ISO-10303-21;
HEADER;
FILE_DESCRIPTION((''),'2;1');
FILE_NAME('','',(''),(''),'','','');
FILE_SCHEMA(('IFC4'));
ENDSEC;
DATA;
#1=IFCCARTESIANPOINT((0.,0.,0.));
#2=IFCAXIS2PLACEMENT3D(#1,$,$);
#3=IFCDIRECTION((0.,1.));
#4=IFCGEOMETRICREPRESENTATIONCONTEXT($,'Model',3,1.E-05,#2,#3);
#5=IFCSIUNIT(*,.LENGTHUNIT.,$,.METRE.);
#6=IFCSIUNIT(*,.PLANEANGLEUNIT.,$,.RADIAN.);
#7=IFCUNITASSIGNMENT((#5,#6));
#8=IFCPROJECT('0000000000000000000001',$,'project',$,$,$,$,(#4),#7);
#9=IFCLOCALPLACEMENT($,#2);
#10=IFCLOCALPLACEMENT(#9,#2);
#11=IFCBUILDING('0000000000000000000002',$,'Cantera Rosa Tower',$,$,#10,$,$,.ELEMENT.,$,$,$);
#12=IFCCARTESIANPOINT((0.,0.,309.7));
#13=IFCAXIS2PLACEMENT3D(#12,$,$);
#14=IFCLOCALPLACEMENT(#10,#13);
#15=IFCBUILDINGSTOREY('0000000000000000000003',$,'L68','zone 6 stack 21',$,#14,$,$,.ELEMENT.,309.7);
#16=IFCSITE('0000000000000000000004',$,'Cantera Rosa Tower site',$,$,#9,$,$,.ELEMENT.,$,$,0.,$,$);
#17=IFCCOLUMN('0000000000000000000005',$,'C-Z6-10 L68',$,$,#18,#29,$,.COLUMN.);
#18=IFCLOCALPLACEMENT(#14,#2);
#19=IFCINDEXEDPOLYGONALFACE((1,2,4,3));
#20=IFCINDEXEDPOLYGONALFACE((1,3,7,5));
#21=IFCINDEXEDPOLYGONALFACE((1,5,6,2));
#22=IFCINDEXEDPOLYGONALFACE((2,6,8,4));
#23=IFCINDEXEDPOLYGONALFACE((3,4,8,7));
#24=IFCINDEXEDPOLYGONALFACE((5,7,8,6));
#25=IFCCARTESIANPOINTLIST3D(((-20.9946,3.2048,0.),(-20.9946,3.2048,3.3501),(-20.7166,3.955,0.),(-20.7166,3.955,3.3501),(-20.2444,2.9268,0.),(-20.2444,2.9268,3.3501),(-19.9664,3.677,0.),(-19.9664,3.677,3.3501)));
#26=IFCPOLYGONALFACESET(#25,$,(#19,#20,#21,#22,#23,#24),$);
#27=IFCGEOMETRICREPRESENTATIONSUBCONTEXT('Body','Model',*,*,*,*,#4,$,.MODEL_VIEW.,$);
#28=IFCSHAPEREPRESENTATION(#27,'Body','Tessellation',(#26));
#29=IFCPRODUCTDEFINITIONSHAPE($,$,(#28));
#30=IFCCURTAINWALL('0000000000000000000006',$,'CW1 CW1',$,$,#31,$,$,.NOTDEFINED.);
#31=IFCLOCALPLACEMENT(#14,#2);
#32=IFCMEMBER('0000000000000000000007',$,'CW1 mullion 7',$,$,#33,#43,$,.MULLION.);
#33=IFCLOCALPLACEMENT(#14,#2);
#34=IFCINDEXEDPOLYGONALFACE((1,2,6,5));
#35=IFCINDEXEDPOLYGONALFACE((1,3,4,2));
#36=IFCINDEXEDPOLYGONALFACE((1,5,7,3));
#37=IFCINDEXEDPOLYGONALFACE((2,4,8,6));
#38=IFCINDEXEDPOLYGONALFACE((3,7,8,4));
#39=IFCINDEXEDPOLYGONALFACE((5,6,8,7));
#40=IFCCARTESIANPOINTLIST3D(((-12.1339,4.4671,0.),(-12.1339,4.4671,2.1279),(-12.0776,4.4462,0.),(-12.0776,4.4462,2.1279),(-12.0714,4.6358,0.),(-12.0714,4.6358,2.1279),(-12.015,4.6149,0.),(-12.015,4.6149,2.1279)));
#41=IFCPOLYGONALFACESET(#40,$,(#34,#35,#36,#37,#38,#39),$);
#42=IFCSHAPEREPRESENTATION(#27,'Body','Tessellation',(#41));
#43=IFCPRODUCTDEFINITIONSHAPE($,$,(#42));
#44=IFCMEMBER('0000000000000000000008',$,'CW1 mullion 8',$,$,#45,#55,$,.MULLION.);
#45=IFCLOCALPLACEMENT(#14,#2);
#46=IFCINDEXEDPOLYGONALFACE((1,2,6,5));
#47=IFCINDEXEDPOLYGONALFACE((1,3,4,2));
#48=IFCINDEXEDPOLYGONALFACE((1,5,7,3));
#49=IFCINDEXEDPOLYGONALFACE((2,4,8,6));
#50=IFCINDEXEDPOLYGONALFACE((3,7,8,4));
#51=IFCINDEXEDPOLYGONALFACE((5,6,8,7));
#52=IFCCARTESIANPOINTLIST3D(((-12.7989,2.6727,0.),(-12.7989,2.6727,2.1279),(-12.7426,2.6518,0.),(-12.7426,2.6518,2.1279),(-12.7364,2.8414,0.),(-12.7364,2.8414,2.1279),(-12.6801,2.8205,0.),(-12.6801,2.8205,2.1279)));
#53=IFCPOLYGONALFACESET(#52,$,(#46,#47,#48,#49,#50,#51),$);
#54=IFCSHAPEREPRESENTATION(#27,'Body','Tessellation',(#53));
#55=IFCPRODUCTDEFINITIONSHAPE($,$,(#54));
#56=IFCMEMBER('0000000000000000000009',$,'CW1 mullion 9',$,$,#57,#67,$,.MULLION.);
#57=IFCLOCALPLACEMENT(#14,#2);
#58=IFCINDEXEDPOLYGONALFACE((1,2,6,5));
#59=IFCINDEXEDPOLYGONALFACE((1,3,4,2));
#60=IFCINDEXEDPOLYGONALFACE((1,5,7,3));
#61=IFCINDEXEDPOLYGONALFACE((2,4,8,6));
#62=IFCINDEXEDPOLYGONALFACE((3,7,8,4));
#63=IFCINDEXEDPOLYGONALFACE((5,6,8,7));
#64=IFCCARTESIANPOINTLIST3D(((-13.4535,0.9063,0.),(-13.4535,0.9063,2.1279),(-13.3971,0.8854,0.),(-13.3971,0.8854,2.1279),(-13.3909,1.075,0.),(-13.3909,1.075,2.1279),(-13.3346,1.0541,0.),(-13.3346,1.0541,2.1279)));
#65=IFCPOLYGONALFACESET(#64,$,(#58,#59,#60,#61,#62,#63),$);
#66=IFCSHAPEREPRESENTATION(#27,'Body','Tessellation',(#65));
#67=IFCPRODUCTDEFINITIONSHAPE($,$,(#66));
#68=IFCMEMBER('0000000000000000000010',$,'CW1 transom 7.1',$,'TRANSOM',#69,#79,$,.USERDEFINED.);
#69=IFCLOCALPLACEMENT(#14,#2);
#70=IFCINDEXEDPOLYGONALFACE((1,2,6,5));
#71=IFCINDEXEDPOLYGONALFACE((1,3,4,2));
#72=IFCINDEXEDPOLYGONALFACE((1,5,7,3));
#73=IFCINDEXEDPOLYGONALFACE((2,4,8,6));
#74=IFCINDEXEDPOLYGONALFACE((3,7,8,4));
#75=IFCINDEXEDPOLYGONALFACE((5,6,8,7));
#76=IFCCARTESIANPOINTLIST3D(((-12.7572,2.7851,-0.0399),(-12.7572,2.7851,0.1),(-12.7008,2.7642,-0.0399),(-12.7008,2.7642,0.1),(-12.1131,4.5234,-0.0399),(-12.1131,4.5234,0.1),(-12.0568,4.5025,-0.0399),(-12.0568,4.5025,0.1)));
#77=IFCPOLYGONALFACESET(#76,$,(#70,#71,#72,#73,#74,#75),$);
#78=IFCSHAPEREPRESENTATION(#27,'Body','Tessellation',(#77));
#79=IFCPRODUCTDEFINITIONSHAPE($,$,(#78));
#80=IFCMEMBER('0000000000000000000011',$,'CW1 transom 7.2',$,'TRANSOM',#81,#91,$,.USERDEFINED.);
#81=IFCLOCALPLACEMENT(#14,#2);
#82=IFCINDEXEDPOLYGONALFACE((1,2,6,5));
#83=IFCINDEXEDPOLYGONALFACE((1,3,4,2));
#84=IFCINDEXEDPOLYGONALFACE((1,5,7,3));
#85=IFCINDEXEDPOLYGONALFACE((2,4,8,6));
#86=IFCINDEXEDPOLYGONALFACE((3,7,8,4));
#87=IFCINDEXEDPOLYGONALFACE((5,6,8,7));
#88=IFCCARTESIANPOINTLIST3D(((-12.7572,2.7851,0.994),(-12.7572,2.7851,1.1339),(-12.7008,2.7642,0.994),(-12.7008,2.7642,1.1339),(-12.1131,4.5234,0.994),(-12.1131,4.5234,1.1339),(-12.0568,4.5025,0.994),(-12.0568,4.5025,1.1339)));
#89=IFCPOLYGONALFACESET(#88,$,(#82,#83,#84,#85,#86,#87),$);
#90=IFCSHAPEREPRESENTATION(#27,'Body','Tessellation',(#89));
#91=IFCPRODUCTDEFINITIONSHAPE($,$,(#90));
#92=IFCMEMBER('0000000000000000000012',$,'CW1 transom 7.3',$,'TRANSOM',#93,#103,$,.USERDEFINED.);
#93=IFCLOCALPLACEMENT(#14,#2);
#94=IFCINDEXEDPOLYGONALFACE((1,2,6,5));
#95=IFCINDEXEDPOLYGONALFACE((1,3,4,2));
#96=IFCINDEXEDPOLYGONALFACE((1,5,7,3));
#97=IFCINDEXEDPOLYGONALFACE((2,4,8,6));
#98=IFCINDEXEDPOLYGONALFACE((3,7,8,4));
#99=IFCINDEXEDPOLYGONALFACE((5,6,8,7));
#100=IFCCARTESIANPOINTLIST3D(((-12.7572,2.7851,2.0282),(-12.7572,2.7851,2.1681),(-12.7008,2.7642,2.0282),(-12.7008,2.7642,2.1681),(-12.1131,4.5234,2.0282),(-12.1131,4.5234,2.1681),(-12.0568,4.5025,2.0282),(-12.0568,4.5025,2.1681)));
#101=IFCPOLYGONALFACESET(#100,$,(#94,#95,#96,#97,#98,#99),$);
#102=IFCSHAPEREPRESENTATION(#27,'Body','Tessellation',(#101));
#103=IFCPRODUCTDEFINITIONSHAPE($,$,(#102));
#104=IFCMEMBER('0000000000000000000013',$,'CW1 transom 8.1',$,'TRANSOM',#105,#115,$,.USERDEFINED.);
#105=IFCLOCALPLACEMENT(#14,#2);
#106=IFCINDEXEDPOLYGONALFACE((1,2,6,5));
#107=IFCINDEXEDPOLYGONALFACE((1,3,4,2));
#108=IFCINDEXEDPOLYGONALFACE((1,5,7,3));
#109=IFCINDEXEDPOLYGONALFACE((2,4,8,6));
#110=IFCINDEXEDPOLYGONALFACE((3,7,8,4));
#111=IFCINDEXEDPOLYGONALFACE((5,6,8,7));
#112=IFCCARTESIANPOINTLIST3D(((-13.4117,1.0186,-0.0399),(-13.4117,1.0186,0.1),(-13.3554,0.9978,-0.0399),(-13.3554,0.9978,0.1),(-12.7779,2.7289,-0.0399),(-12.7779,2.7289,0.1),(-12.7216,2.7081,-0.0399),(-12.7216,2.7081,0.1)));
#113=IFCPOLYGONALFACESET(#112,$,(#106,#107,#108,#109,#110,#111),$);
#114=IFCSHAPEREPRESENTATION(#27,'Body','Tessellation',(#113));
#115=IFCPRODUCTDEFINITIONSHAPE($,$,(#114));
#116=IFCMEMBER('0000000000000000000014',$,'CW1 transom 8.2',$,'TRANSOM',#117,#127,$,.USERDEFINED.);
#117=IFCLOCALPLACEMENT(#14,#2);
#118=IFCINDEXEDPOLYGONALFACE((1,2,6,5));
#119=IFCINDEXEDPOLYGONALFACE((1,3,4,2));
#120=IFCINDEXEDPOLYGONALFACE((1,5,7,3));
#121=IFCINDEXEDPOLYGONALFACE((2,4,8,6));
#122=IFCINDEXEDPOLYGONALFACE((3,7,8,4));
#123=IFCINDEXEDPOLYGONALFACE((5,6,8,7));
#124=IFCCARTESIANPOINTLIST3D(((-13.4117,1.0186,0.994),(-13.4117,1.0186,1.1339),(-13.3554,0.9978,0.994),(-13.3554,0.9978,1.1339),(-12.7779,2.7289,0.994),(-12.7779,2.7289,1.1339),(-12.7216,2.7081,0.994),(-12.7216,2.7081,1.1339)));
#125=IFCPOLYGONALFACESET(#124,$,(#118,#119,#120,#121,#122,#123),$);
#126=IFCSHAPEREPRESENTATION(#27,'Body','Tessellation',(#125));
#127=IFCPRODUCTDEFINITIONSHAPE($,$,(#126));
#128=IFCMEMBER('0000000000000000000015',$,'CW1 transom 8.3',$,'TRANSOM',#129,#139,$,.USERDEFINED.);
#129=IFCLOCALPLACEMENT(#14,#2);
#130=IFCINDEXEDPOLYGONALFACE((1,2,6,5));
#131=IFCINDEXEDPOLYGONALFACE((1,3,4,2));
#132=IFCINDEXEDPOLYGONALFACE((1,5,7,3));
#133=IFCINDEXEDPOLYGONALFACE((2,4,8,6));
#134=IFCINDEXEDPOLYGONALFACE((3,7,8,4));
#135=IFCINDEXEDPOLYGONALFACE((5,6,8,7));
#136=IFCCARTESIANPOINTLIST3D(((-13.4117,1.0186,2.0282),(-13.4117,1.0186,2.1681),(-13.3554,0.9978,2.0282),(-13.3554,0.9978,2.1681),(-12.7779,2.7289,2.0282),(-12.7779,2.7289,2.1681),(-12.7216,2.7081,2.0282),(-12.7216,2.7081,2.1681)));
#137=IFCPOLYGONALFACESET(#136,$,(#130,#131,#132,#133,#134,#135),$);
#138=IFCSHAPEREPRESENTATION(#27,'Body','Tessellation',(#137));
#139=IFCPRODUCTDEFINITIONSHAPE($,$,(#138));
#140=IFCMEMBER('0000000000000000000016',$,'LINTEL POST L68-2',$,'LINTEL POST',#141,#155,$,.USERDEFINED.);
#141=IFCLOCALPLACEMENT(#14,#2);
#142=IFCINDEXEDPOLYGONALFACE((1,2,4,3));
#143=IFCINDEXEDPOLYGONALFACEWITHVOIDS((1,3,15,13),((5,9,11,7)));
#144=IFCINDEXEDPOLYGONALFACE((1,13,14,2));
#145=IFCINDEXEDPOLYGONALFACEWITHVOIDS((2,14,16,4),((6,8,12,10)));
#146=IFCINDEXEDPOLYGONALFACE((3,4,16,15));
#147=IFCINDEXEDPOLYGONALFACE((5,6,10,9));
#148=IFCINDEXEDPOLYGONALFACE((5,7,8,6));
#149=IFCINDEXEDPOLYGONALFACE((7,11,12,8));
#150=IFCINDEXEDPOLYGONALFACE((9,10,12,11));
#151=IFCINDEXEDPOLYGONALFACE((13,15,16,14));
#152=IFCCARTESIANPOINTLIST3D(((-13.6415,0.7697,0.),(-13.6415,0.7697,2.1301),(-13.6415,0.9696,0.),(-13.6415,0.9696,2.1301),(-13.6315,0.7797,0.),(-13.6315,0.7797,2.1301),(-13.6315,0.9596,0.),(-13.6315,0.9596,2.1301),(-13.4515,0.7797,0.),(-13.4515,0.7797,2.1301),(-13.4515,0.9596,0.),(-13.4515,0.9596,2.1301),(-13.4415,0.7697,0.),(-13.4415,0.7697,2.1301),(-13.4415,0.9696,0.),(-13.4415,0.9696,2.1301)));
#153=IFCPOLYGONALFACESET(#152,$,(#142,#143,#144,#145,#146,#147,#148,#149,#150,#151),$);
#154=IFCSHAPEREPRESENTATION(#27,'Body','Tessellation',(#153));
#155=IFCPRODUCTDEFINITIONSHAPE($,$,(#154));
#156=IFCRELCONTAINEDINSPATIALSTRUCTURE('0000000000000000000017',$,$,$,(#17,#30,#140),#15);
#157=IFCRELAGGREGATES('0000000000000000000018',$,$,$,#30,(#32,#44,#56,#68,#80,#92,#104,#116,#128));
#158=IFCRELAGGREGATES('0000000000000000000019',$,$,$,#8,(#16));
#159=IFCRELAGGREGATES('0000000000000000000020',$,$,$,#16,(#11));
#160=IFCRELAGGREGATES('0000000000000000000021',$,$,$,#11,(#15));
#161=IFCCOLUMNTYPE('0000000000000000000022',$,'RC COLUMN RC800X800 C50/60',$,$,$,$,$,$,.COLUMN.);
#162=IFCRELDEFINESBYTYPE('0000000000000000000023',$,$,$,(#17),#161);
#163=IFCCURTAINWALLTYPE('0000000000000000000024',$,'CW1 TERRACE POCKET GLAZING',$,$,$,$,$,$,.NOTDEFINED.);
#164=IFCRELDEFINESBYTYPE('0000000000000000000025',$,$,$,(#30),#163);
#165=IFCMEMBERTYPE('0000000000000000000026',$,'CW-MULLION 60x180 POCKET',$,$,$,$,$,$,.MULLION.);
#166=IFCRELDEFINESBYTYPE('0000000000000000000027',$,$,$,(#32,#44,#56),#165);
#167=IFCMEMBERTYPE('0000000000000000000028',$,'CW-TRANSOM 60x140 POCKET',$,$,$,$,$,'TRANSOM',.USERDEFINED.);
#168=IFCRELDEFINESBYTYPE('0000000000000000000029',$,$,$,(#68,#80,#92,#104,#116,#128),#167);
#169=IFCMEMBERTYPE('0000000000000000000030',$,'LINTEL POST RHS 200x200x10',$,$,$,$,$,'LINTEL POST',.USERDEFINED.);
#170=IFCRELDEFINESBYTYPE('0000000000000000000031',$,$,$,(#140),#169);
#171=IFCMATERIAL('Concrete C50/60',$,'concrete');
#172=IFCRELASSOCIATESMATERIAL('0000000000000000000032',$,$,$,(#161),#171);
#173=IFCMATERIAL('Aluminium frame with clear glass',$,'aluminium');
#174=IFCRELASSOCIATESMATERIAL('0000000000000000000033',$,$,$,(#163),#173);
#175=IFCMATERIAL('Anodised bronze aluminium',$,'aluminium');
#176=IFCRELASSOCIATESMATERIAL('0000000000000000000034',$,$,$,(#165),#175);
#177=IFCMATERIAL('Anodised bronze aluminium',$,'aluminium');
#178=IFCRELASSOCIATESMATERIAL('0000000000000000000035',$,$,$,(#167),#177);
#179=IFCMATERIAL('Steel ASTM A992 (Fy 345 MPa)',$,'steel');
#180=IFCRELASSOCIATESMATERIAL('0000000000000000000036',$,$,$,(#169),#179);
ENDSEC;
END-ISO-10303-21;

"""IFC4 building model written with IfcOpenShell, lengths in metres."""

from ifc_helpers import new_model, si_unit, direction, frame, origin, origin_2d, place, context, subcontext, project, spatial, rectangle, hollow_rectangle, extrude, material, material_profile, profile_set, type_object, element, aggregate, save


model = new_model("IFC4")

# Units and contexts
model_context = context("Model", 3, precision=1e-05, world=origin(), true_north=direction((0.0, 1.0)))
body_context = subcontext(model_context, "Body", "Model", "MODEL_VIEW")
ifc_project = project(units=[si_unit("LENGTHUNIT", "METRE"), si_unit("PLANEANGLEUNIT", "RADIAN")], contexts=[model_context])

# Site, building, storey
site_placement = place(None, origin())
site = spatial("IfcSite", under=ifc_project, at=site_placement, Name="Cantera Rosa Tower site", CompositionType="ELEMENT", RefElevation=0.0)
building_placement = place(site_placement, origin())
building = spatial("IfcBuilding", under=site, at=building_placement, Name="Cantera Rosa Tower", CompositionType="ELEMENT")
storey_placement = place(building_placement, frame((0.0, 0.0, 309.7)))
storey = spatial("IfcBuildingStorey", under=building, at=storey_placement, Name="L68", Description="zone 6 stack 21", CompositionType="ELEMENT", Elevation=309.7)

# Column
ifc_material_1 = material(Name="Concrete C50/60", Category="concrete")
ifc_material_profile_1 = material_profile(ifc_material_1, rectangle(XDim=0.8, YDim=0.8, at=origin_2d()), Name="RC COLUMN RC800X800 C50/60")
ifc_profile_set_1 = profile_set([ifc_material_profile_1], Name="Concrete C50/60")
column_type = type_object("IfcColumnType", Name="RC COLUMN RC800X800 C50/60", PredefinedType="COLUMN", material=ifc_profile_set_1)
column_placement = place(storey_placement, frame((-20.4805, 3.4409, 0.0), z_axis=(0.0, 0.0, 1.0), x_axis=(0.347481, 0.937687, 0.0)))
element("IfcColumn", 1, at=column_placement, inside=storey, type_object=column_type, Name="C-Z6-10 L68", PredefinedType="COLUMN", context=body_context, shape_type="SweptSolid", body=[
    extrude(rectangle(XDim=0.8, YDim=0.8, at=origin_2d()), origin(), (0.0, 0.0, 1.0), 3.3501),
])

# Curtain wall, members
ifc_material_2 = material(Name="Aluminium frame with clear glass", Category="aluminium")
curtain_wall_type = type_object("IfcCurtainWallType", Name="CW1 TERRACE POCKET GLAZING", PredefinedType="NOTDEFINED", material=ifc_material_2)
curtain_wall_placement = place(storey_placement, origin())
curtain_wall = element("IfcCurtainWall", 2, at=curtain_wall_placement, inside=storey, type_object=curtain_wall_type, Name="CW1 CW1", PredefinedType="NOTDEFINED")
ifc_material_3 = material(Name="Anodised bronze aluminium", Category="aluminium")
ifc_material_profile_2 = material_profile(ifc_material_3, rectangle(XDim=0.0601, YDim=0.1799, at=origin_2d()), Name="CW-MULLION 60x180 POCKET")
ifc_profile_set_2 = profile_set([ifc_material_profile_2], Name="Anodised bronze aluminium")
member_type_1 = type_object("IfcMemberType", Name="CW-MULLION 60x180 POCKET", PredefinedType="MULLION", material=ifc_profile_set_2)
member_1_placement = place(storey_placement, frame((-12.0745, 4.541, 0.0), z_axis=(0.0, 0.0, 1.0), x_axis=(0.937687, -0.347481, 0.0)))
member_1 = element("IfcMember", 3, at=member_1_placement, type_object=member_type_1, Name="CW1 mullion 7", PredefinedType="MULLION", context=body_context, shape_type="SweptSolid", body=[
    extrude(rectangle(XDim=0.0601, YDim=0.1799, at=origin_2d()), origin(), (0.0, 0.0, 1.0), 2.1279),
])
member_2_placement = place(storey_placement, frame((-12.7395, 2.7466, 0.0), z_axis=(0.0, 0.0, 1.0), x_axis=(0.937687, -0.347481, 0.0)))
member_2 = element("IfcMember", 4, at=member_2_placement, type_object=member_type_1, Name="CW1 mullion 8", PredefinedType="MULLION", context=body_context, shape_type="SweptSolid", body=[
    extrude(rectangle(XDim=0.0601, YDim=0.1799, at=origin_2d()), origin(), (0.0, 0.0, 1.0), 2.1279),
])
member_3_placement = place(storey_placement, frame((-13.394, 0.9802, 0.0), z_axis=(0.0, 0.0, 1.0), x_axis=(0.937687, -0.347481, 0.0)))
member_3 = element("IfcMember", 5, at=member_3_placement, type_object=member_type_1, Name="CW1 mullion 9", PredefinedType="MULLION", context=body_context, shape_type="SweptSolid", body=[
    extrude(rectangle(XDim=0.0601, YDim=0.1799, at=origin_2d()), origin(), (0.0, 0.0, 1.0), 2.1279),
])
ifc_material_4 = material(Name="Anodised bronze aluminium", Category="aluminium")
ifc_material_profile_3 = material_profile(ifc_material_4, rectangle(XDim=0.0601, YDim=0.1399, at=origin_2d()), Name="CW-TRANSOM 60x140 POCKET")
ifc_profile_set_3 = profile_set([ifc_material_profile_3], Name="Anodised bronze aluminium")
member_type_2 = type_object("IfcMemberType", Name="CW-TRANSOM 60x140 POCKET", ElementType="TRANSOM", PredefinedType="USERDEFINED", material=ifc_profile_set_3)
member_4_placement = place(storey_placement, frame((-12.085, 4.5129, 0.03), z_axis=(-0.347426, -0.937707, 0.0), x_axis=(0.937707, -0.347426, 0.0)))
member_4 = element("IfcMember", 6, at=member_4_placement, type_object=member_type_2, Name="CW1 transom 7.1", ObjectType="TRANSOM", PredefinedType="USERDEFINED", context=body_context, shape_type="SweptSolid", body=[
    extrude(rectangle(XDim=0.0601, YDim=0.1399, at=origin_2d()), origin(), (0.0, 0.0, 1.0), 1.8538),
])
member_5_placement = place(storey_placement, frame((-12.085, 4.5129, 1.064), z_axis=(-0.347426, -0.937707, 0.0), x_axis=(0.937707, -0.347426, 0.0)))
member_5 = element("IfcMember", 7, at=member_5_placement, type_object=member_type_2, Name="CW1 transom 7.2", ObjectType="TRANSOM", PredefinedType="USERDEFINED", context=body_context, shape_type="SweptSolid", body=[
    extrude(rectangle(XDim=0.0601, YDim=0.1399, at=origin_2d()), origin(), (0.0, 0.0, 1.0), 1.8538),
])
member_6_placement = place(storey_placement, frame((-12.085, 4.5129, 2.0981), z_axis=(-0.347426, -0.937707, 0.0), x_axis=(0.937707, -0.347426, 0.0)))
member_6 = element("IfcMember", 8, at=member_6_placement, type_object=member_type_2, Name="CW1 transom 7.3", ObjectType="TRANSOM", PredefinedType="USERDEFINED", context=body_context, shape_type="SweptSolid", body=[
    extrude(rectangle(XDim=0.0601, YDim=0.1399, at=origin_2d()), origin(), (0.0, 0.0, 1.0), 1.8538),
])
member_7_placement = place(storey_placement, frame((-12.7498, 2.7185, 0.03), z_axis=(-0.347497, -0.937681, 0.0), x_axis=(0.937681, -0.347497, 0.0)))
member_7 = element("IfcMember", 9, at=member_7_placement, type_object=member_type_2, Name="CW1 transom 8.1", ObjectType="TRANSOM", PredefinedType="USERDEFINED", context=body_context, shape_type="SweptSolid", body=[
    extrude(rectangle(XDim=0.0601, YDim=0.1399, at=origin_2d()), origin(), (0.0, 0.0, 1.0), 1.824),
])
member_8_placement = place(storey_placement, frame((-12.7498, 2.7185, 1.064), z_axis=(-0.347497, -0.937681, 0.0), x_axis=(0.937681, -0.347497, 0.0)))
member_8 = element("IfcMember", 10, at=member_8_placement, type_object=member_type_2, Name="CW1 transom 8.2", ObjectType="TRANSOM", PredefinedType="USERDEFINED", context=body_context, shape_type="SweptSolid", body=[
    extrude(rectangle(XDim=0.0601, YDim=0.1399, at=origin_2d()), origin(), (0.0, 0.0, 1.0), 1.824),
])
member_9_placement = place(storey_placement, frame((-12.7498, 2.7185, 2.0981), z_axis=(-0.347497, -0.937681, 0.0), x_axis=(0.937681, -0.347497, 0.0)))
member_9 = element("IfcMember", 11, at=member_9_placement, type_object=member_type_2, Name="CW1 transom 8.3", ObjectType="TRANSOM", PredefinedType="USERDEFINED", context=body_context, shape_type="SweptSolid", body=[
    extrude(rectangle(XDim=0.0601, YDim=0.1399, at=origin_2d()), origin(), (0.0, 0.0, 1.0), 1.824),
])

# Member
ifc_material_5 = material(Name="Steel ASTM A992 (Fy 345 MPa)", Category="steel")
ifc_material_profile_4 = material_profile(ifc_material_5, hollow_rectangle(XDim=0.2, YDim=0.2, WallThickness=0.01, at=origin_2d()), Name="LINTEL POST RHS 200x200x10")
ifc_profile_set_4 = profile_set([ifc_material_profile_4], Name="Steel ASTM A992 (Fy 345 MPa)")
member_type_3 = type_object("IfcMemberType", Name="LINTEL POST RHS 200x200x10", ElementType="LINTEL POST", PredefinedType="USERDEFINED", material=ifc_profile_set_4)
member_10_placement = place(storey_placement, frame((-13.5415, 0.8696, 0.0), z_axis=(0.0, 0.0, 1.0), x_axis=(1.0, 0.0, 0.0)))
element("IfcMember", 12, at=member_10_placement, inside=storey, type_object=member_type_3, Name="LINTEL POST L68-2", ObjectType="LINTEL POST", PredefinedType="USERDEFINED", context=body_context, shape_type="SweptSolid", body=[
    extrude(hollow_rectangle(XDim=0.2, YDim=0.2, WallThickness=0.01, at=origin_2d()), origin(), (0.0, 0.0, 1.0), 2.1301),
])

aggregate(curtain_wall, [member_1, member_2, member_3, member_4, member_5, member_6, member_7, member_8, member_9])

save(model, "model.ifc")
